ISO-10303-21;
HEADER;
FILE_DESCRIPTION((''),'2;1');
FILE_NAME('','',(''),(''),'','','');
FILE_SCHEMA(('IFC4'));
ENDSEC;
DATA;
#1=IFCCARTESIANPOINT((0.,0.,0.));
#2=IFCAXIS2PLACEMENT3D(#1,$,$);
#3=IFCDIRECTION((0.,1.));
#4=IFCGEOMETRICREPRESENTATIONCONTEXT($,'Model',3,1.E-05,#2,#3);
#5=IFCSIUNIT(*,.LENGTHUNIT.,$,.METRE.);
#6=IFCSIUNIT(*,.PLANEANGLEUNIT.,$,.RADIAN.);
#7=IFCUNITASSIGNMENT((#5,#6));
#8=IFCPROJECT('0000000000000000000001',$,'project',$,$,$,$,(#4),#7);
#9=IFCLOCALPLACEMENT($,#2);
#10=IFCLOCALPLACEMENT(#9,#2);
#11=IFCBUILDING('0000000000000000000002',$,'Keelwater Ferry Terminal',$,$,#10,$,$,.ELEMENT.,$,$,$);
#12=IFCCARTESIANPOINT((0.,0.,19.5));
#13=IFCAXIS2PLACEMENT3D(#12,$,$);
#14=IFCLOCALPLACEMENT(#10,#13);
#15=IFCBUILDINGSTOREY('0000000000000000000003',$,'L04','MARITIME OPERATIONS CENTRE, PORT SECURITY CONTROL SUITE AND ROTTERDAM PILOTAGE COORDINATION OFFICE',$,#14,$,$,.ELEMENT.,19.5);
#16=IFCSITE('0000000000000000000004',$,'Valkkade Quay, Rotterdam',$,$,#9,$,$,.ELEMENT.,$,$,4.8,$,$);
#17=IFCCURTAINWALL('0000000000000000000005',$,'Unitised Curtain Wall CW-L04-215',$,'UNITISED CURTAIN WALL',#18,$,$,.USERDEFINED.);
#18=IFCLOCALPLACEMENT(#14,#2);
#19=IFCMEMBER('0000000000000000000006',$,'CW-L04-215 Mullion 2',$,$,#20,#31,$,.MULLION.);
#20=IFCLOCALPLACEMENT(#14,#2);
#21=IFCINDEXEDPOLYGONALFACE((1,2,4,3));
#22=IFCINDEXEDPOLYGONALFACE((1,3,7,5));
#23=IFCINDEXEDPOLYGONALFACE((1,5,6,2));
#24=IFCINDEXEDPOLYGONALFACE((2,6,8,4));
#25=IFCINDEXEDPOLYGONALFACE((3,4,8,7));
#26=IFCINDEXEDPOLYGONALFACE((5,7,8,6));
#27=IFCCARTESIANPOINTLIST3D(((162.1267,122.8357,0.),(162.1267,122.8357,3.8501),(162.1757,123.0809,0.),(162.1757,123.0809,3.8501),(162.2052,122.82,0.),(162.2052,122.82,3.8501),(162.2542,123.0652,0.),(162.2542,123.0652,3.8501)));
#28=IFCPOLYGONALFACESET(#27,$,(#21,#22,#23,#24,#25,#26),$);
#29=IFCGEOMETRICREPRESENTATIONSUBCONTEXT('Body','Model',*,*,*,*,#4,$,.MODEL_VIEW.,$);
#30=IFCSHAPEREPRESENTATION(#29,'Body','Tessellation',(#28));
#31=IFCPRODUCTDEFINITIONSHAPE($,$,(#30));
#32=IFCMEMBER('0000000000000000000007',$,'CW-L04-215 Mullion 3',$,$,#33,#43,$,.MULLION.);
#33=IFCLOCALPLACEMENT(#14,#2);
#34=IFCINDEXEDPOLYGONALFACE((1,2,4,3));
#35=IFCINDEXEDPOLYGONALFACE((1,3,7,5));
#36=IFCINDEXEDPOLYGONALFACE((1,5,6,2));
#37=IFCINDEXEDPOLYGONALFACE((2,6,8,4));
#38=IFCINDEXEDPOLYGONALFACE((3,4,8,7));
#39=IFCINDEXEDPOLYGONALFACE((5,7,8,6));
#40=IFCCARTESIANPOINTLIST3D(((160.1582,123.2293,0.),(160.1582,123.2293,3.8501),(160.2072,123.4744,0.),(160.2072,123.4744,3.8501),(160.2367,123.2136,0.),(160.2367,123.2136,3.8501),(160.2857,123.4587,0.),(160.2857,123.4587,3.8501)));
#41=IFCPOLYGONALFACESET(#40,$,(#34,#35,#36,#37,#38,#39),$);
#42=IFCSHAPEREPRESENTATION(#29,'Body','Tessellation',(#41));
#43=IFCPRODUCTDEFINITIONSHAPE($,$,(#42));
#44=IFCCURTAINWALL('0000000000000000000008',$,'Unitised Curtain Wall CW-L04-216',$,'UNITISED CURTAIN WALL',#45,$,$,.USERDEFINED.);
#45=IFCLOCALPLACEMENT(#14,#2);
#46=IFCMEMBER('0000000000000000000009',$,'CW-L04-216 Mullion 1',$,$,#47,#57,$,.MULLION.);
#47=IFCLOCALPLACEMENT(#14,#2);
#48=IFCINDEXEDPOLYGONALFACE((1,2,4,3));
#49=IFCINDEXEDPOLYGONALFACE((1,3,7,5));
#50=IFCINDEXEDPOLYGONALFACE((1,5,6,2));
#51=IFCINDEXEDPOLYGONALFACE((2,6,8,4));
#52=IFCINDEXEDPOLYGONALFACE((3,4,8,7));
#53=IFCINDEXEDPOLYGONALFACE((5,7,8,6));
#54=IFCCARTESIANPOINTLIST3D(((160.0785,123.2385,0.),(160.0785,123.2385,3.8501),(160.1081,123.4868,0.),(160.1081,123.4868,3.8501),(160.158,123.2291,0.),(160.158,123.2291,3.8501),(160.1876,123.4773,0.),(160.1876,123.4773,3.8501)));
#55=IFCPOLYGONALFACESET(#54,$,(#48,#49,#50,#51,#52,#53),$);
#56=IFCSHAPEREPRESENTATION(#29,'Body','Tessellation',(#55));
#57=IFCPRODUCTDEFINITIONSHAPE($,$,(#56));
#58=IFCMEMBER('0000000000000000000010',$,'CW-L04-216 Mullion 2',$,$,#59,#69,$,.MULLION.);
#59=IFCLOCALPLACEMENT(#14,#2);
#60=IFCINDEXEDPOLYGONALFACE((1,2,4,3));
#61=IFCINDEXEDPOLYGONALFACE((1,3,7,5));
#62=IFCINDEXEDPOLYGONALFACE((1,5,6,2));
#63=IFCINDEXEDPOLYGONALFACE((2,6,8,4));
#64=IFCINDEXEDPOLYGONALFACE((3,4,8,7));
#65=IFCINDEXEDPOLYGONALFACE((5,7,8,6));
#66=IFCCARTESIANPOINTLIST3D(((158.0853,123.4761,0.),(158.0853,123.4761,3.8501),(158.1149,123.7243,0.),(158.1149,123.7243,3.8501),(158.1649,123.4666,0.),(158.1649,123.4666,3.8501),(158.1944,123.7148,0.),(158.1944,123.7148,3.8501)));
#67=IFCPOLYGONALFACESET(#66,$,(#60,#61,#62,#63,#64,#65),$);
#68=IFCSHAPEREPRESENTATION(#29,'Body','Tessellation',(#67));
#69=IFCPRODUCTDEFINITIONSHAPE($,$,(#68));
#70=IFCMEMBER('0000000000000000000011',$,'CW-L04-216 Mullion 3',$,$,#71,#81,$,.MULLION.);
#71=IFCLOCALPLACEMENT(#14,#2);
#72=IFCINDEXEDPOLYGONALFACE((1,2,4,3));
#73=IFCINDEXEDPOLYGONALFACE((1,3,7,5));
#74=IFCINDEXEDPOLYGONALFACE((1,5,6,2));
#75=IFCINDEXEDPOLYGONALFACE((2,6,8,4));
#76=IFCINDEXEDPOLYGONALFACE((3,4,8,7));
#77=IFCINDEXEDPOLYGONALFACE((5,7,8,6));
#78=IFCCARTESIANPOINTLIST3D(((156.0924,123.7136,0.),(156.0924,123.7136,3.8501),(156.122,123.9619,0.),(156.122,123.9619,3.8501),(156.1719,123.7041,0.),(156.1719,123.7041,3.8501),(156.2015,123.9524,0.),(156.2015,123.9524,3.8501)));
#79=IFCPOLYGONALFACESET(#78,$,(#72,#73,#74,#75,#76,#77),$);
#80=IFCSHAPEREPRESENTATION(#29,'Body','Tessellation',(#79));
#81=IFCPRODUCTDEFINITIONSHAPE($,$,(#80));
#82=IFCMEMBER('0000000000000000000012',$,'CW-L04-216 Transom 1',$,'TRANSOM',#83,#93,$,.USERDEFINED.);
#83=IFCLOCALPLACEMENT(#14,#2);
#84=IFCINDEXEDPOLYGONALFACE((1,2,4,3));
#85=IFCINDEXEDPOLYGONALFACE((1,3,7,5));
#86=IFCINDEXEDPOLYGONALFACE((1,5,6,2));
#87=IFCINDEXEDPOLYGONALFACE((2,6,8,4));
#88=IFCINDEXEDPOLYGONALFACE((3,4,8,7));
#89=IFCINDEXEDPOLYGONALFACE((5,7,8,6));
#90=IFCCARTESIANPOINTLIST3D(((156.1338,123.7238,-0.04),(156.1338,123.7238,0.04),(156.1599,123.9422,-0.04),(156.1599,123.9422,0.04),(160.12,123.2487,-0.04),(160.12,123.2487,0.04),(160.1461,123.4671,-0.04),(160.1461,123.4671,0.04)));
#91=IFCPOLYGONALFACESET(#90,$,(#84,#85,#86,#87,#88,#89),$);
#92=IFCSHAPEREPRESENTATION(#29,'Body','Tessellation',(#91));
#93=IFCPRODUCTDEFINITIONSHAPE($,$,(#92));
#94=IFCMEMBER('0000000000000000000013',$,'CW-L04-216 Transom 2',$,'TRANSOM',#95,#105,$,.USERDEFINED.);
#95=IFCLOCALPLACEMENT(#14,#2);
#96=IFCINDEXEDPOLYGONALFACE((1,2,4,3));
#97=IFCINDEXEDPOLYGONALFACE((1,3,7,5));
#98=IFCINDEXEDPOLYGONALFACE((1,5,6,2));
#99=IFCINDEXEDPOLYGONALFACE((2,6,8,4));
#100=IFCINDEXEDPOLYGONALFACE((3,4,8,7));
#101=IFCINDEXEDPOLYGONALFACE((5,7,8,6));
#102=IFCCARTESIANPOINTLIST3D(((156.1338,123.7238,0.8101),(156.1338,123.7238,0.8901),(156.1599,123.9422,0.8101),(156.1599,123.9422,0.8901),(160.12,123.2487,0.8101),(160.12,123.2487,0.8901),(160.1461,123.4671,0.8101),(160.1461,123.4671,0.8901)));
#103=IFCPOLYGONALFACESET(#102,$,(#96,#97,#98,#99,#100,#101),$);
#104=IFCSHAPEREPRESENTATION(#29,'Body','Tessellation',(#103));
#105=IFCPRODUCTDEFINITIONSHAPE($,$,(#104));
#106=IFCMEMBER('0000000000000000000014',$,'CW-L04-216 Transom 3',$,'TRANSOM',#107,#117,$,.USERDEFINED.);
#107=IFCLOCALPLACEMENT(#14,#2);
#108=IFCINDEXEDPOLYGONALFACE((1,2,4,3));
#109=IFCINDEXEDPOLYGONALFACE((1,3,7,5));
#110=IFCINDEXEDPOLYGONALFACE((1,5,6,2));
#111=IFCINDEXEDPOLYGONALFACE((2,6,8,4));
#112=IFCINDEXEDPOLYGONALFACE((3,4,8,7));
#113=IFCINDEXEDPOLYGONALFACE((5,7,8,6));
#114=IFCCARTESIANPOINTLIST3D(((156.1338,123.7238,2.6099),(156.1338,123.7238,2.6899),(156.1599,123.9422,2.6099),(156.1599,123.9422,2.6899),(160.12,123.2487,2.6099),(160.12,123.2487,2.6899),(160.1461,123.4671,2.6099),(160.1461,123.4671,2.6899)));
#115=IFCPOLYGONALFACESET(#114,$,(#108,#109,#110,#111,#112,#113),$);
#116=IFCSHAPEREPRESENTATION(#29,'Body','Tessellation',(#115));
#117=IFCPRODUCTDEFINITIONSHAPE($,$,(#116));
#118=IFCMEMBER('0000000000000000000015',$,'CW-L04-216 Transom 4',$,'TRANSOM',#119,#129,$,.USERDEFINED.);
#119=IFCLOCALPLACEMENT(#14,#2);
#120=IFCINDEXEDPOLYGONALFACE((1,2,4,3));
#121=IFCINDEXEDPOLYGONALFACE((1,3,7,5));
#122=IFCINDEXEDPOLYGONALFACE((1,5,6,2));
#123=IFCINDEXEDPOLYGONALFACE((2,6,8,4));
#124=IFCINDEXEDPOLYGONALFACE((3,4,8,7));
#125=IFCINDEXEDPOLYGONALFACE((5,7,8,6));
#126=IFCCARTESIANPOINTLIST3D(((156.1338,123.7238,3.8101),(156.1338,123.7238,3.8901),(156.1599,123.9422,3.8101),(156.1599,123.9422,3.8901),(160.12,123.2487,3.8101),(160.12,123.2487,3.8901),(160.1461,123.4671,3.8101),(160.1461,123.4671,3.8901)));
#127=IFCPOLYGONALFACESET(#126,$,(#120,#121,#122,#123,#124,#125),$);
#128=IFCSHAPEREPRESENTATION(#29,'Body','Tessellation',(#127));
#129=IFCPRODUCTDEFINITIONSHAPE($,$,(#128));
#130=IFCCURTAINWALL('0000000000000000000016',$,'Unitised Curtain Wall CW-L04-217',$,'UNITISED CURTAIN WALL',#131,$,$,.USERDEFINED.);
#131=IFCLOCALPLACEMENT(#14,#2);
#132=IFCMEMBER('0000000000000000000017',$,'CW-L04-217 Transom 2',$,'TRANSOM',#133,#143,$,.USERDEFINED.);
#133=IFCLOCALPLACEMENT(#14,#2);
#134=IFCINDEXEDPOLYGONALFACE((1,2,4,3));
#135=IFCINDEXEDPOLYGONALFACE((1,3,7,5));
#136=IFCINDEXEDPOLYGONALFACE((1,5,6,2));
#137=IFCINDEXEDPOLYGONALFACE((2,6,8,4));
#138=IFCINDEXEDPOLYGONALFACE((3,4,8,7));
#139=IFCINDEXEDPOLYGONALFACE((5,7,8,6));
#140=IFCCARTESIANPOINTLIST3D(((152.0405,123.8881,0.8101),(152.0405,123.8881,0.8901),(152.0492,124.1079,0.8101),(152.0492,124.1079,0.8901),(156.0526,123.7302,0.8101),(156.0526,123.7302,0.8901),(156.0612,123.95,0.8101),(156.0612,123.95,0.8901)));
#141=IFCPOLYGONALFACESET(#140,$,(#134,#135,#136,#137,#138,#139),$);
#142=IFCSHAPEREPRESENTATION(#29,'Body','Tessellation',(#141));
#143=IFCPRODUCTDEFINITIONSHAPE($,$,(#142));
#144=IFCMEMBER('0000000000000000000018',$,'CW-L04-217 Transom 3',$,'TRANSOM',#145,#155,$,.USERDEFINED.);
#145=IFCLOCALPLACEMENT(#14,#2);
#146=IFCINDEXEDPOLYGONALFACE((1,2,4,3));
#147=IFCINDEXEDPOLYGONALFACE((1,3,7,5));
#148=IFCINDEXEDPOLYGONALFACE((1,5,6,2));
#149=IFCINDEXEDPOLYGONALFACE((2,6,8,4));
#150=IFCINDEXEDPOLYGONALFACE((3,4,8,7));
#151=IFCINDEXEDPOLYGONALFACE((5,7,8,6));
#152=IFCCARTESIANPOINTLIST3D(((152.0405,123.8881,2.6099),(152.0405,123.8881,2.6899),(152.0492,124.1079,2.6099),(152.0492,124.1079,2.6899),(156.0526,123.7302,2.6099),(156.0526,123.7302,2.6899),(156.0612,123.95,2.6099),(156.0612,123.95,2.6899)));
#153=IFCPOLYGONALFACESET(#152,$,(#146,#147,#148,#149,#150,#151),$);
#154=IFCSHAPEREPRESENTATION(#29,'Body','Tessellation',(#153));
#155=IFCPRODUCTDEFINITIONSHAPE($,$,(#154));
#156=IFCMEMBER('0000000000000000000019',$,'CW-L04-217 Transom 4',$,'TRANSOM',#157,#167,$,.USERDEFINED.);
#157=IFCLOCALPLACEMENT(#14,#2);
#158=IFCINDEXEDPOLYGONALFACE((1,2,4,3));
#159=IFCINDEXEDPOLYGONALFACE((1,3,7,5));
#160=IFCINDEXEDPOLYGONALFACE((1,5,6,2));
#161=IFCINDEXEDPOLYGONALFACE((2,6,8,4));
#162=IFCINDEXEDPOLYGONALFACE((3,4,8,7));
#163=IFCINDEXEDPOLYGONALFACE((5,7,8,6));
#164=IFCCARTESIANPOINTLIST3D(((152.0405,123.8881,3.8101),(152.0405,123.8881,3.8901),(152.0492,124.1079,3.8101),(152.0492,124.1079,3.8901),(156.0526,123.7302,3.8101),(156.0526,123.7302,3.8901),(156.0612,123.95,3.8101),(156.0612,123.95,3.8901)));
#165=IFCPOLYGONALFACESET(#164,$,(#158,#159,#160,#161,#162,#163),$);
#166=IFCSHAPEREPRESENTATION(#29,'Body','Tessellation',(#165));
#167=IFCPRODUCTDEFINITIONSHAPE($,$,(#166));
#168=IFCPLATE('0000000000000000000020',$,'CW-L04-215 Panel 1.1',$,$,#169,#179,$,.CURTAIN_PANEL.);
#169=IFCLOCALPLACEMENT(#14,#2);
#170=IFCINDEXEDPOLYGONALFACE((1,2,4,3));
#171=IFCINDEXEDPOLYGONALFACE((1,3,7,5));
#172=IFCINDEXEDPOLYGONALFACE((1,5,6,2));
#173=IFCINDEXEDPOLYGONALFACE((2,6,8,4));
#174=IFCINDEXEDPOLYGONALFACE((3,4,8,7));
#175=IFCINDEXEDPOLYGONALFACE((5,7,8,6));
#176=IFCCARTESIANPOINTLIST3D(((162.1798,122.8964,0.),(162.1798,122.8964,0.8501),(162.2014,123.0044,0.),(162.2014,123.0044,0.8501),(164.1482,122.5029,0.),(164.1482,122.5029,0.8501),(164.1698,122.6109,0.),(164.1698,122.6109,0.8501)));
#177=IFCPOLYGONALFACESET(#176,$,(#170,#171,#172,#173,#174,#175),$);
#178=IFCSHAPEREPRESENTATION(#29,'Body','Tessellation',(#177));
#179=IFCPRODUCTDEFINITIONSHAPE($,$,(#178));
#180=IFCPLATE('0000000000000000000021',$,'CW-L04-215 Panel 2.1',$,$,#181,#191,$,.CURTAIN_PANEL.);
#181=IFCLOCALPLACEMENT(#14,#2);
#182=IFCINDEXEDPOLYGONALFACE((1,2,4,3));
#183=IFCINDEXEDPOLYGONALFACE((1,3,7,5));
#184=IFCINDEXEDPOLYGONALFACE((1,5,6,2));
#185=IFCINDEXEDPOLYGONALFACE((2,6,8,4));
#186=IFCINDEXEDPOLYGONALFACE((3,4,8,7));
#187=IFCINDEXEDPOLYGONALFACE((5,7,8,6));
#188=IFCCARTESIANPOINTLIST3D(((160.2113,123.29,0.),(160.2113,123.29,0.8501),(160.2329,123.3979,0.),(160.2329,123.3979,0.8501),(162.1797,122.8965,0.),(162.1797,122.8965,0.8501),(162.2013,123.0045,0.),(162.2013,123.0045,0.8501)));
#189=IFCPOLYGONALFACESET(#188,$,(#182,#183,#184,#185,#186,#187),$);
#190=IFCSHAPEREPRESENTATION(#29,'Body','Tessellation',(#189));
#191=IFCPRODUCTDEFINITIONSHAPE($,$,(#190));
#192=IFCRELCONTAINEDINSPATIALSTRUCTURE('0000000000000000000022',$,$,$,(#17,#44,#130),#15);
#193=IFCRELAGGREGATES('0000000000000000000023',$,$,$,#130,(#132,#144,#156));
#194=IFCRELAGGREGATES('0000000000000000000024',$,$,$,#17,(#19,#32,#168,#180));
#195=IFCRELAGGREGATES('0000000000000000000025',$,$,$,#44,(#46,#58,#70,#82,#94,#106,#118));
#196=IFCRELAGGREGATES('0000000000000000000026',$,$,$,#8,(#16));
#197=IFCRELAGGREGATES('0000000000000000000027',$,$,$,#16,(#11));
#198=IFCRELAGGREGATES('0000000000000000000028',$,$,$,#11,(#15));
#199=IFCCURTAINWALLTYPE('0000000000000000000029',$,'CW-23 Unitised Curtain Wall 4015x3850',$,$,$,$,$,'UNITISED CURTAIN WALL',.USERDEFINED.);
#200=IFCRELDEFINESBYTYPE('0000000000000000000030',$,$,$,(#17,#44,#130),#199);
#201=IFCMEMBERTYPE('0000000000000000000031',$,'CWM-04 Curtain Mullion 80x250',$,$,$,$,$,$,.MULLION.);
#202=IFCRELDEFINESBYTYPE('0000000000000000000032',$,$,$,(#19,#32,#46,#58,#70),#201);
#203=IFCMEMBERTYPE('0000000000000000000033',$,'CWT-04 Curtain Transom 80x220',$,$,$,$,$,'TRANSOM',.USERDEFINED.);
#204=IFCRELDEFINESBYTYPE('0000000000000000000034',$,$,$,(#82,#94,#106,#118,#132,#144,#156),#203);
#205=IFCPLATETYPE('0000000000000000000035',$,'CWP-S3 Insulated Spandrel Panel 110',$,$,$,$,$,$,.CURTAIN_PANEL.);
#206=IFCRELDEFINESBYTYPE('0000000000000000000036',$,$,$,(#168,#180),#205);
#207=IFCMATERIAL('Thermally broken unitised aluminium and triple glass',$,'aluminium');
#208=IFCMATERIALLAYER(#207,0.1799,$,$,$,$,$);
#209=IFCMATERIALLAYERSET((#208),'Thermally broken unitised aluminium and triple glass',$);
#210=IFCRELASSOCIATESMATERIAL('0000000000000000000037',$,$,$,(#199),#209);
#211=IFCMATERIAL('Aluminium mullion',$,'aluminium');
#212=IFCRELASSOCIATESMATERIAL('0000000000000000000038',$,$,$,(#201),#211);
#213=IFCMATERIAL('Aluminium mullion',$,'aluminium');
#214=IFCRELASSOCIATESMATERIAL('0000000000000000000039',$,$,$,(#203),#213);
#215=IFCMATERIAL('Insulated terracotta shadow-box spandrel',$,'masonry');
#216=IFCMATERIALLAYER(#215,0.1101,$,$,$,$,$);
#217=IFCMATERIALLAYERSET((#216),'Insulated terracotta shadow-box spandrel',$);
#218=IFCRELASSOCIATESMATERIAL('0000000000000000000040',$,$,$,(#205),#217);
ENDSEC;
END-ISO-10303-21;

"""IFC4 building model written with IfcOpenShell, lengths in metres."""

from ifc_helpers import new_model, si_unit, direction, frame, origin, origin_2d, place, context, subcontext, project, spatial, rectangle, extrude, material, layer, layer_set, material_profile, profile_set, type_object, element, aggregate, save


model = new_model("IFC4")

# Units and contexts
model_context = context("Model", 3, precision=1e-05, world=origin(), true_north=direction((0.0, 1.0)))
body_context = subcontext(model_context, "Body", "Model", "MODEL_VIEW")
ifc_project = project(units=[si_unit("LENGTHUNIT", "METRE"), si_unit("PLANEANGLEUNIT", "RADIAN")], contexts=[model_context])

# Site, building, storey
site_placement = place(None, origin())
site = spatial("IfcSite", under=ifc_project, at=site_placement, Name="Valkkade Quay, Rotterdam", CompositionType="ELEMENT", RefElevation=4.8)
building_placement = place(site_placement, origin())
building = spatial("IfcBuilding", under=site, at=building_placement, Name="Keelwater Ferry Terminal", CompositionType="ELEMENT")
storey_placement = place(building_placement, frame((0.0, 0.0, 19.5)))
storey = spatial("IfcBuildingStorey", under=building, at=storey_placement, Name="L04", Description="MARITIME OPERATIONS CENTRE, PORT SECURITY CONTROL SUITE AND ROTTERDAM PILOTAGE COORDINATION OFFICE", CompositionType="ELEMENT", Elevation=19.5)

# Curtain walls, members
ifc_material_1 = material(Name="Thermally broken unitised aluminium and triple glass", Category="aluminium")
ifc_layer_1 = layer(ifc_material_1, 0.1799)
ifc_layer_set_1 = layer_set([ifc_layer_1], Name="Thermally broken unitised aluminium and triple glass")
curtain_wall_type = type_object("IfcCurtainWallType", Name="CW-23 Unitised Curtain Wall 4015x3850", ElementType="UNITISED CURTAIN WALL", PredefinedType="USERDEFINED", material=ifc_layer_set_1)
curtain_wall_1_placement = place(storey_placement, origin())
curtain_wall_1 = element("IfcCurtainWall", 1, at=curtain_wall_1_placement, inside=storey, type_object=curtain_wall_type, Name="Unitised Curtain Wall CW-L04-215", ObjectType="UNITISED CURTAIN WALL", PredefinedType="USERDEFINED")
ifc_material_2 = material(Name="Aluminium mullion", Category="aluminium")
ifc_material_profile_1 = material_profile(ifc_material_2, rectangle(XDim=0.0801, YDim=0.25, at=origin_2d()), Name="CWM-04")
ifc_profile_set_1 = profile_set([ifc_material_profile_1], Name="Aluminium mullion")
member_type_1 = type_object("IfcMemberType", Name="CWM-04 Curtain Mullion 80x250", PredefinedType="MULLION", material=ifc_profile_set_1)
member_1_placement = place(storey_placement, frame((162.1904, 122.9504, 0.0), z_axis=(0.0, 0.0, 1.0), x_axis=(-0.9806, 0.19602, 0.0)))
member_1 = element("IfcMember", 2, at=member_1_placement, type_object=member_type_1, Name="CW-L04-215 Mullion 2", PredefinedType="MULLION", context=body_context, shape_type="SweptSolid", body=[
    extrude(rectangle(XDim=0.0801, YDim=0.25, at=origin_2d()), origin(), (0.0, 0.0, 1.0), 3.8501),
])
member_2_placement = place(storey_placement, frame((160.2219, 123.344, 0.0), z_axis=(0.0, 0.0, 1.0), x_axis=(-0.9806, 0.19602, 0.0)))
member_2 = element("IfcMember", 3, at=member_2_placement, type_object=member_type_1, Name="CW-L04-215 Mullion 3", PredefinedType="MULLION", context=body_context, shape_type="SweptSolid", body=[
    extrude(rectangle(XDim=0.0801, YDim=0.25, at=origin_2d()), origin(), (0.0, 0.0, 1.0), 3.8501),
])
curtain_wall_2_placement = place(storey_placement, origin())
curtain_wall_2 = element("IfcCurtainWall", 4, at=curtain_wall_2_placement, inside=storey, type_object=curtain_wall_type, Name="Unitised Curtain Wall CW-L04-216", ObjectType="UNITISED CURTAIN WALL", PredefinedType="USERDEFINED")
member_3_placement = place(storey_placement, frame((160.1331, 123.3579, 0.0), z_axis=(0.0, 0.0, 1.0), x_axis=(-0.992974, 0.11833, 0.0)))
member_3 = element("IfcMember", 5, at=member_3_placement, type_object=member_type_1, Name="CW-L04-216 Mullion 1", PredefinedType="MULLION", context=body_context, shape_type="SweptSolid", body=[
    extrude(rectangle(XDim=0.0801, YDim=0.25, at=origin_2d()), origin(), (0.0, 0.0, 1.0), 3.8501),
])
member_4_placement = place(storey_placement, frame((158.1399, 123.5955, 0.0), z_axis=(0.0, 0.0, 1.0), x_axis=(-0.992974, 0.11833, 0.0)))
member_4 = element("IfcMember", 6, at=member_4_placement, type_object=member_type_1, Name="CW-L04-216 Mullion 2", PredefinedType="MULLION", context=body_context, shape_type="SweptSolid", body=[
    extrude(rectangle(XDim=0.0801, YDim=0.25, at=origin_2d()), origin(), (0.0, 0.0, 1.0), 3.8501),
])
member_5_placement = place(storey_placement, frame((156.147, 123.833, 0.0), z_axis=(0.0, 0.0, 1.0), x_axis=(-0.992974, 0.11833, 0.0)))
member_5 = element("IfcMember", 7, at=member_5_placement, type_object=member_type_1, Name="CW-L04-216 Mullion 3", PredefinedType="MULLION", context=body_context, shape_type="SweptSolid", body=[
    extrude(rectangle(XDim=0.0801, YDim=0.25, at=origin_2d()), origin(), (0.0, 0.0, 1.0), 3.8501),
])
ifc_material_3 = material(Name="Aluminium mullion", Category="aluminium")
ifc_material_profile_2 = material_profile(ifc_material_3, rectangle(XDim=0.22, YDim=0.0801, at=origin_2d()), Name="CWT-04")
ifc_profile_set_2 = profile_set([ifc_material_profile_2], Name="Aluminium mullion")
member_type_2 = type_object("IfcMemberType", Name="CWT-04 Curtain Transom 80x220", ElementType="TRANSOM", PredefinedType="USERDEFINED", material=ifc_profile_set_2)
member_6_placement = place(storey_placement, frame((160.1331, 123.3579, 0.0), z_axis=(-0.992972, 0.118351, 0.0), x_axis=(-0.118351, -0.992972, 0.0)))
member_6 = element("IfcMember", 8, at=member_6_placement, type_object=member_type_2, Name="CW-L04-216 Transom 1", ObjectType="TRANSOM", PredefinedType="USERDEFINED", context=body_context, shape_type="SweptSolid", body=[
    extrude(rectangle(XDim=0.22, YDim=0.0801, at=origin_2d()), origin(), (0.0, 0.0, 1.0), 4.0144),
])
member_7_placement = place(storey_placement, frame((160.1331, 123.3579, 0.8501), z_axis=(-0.992972, 0.118351, 0.0), x_axis=(-0.118351, -0.992972, 0.0)))
member_7 = element("IfcMember", 9, at=member_7_placement, type_object=member_type_2, Name="CW-L04-216 Transom 2", ObjectType="TRANSOM", PredefinedType="USERDEFINED", context=body_context, shape_type="SweptSolid", body=[
    extrude(rectangle(XDim=0.22, YDim=0.0801, at=origin_2d()), origin(), (0.0, 0.0, 1.0), 4.0144),
])
member_8_placement = place(storey_placement, frame((160.1331, 123.3579, 2.6499), z_axis=(-0.992972, 0.118351, 0.0), x_axis=(-0.118351, -0.992972, 0.0)))
member_8 = element("IfcMember", 10, at=member_8_placement, type_object=member_type_2, Name="CW-L04-216 Transom 3", ObjectType="TRANSOM", PredefinedType="USERDEFINED", context=body_context, shape_type="SweptSolid", body=[
    extrude(rectangle(XDim=0.22, YDim=0.0801, at=origin_2d()), origin(), (0.0, 0.0, 1.0), 4.0144),
])
member_9_placement = place(storey_placement, frame((160.1331, 123.3579, 3.8501), z_axis=(-0.992972, 0.118351, 0.0), x_axis=(-0.118351, -0.992972, 0.0)))
member_9 = element("IfcMember", 11, at=member_9_placement, type_object=member_type_2, Name="CW-L04-216 Transom 4", ObjectType="TRANSOM", PredefinedType="USERDEFINED", context=body_context, shape_type="SweptSolid", body=[
    extrude(rectangle(XDim=0.22, YDim=0.0801, at=origin_2d()), origin(), (0.0, 0.0, 1.0), 4.0144),
])
curtain_wall_3_placement = place(storey_placement, origin())
curtain_wall_3 = element("IfcCurtainWall", 12, at=curtain_wall_3_placement, inside=storey, type_object=curtain_wall_type, Name="Unitised Curtain Wall CW-L04-217", ObjectType="UNITISED CURTAIN WALL", PredefinedType="USERDEFINED")
member_10_placement = place(storey_placement, frame((156.0569, 123.8401, 0.8501), z_axis=(-0.999226, 0.039342, 0.0), x_axis=(-0.039342, -0.999226, 0.0)))
member_10 = element("IfcMember", 13, at=member_10_placement, type_object=member_type_2, Name="CW-L04-217 Transom 2", ObjectType="TRANSOM", PredefinedType="USERDEFINED", context=body_context, shape_type="SweptSolid", body=[
    extrude(rectangle(XDim=0.22, YDim=0.0801, at=origin_2d()), origin(), (0.0, 0.0, 1.0), 4.0151),
])
member_11_placement = place(storey_placement, frame((156.0569, 123.8401, 2.6499), z_axis=(-0.999226, 0.039342, 0.0), x_axis=(-0.039342, -0.999226, 0.0)))
member_11 = element("IfcMember", 14, at=member_11_placement, type_object=member_type_2, Name="CW-L04-217 Transom 3", ObjectType="TRANSOM", PredefinedType="USERDEFINED", context=body_context, shape_type="SweptSolid", body=[
    extrude(rectangle(XDim=0.22, YDim=0.0801, at=origin_2d()), origin(), (0.0, 0.0, 1.0), 4.0151),
])
member_12_placement = place(storey_placement, frame((156.0569, 123.8401, 3.8501), z_axis=(-0.999226, 0.039342, 0.0), x_axis=(-0.039342, -0.999226, 0.0)))
member_12 = element("IfcMember", 15, at=member_12_placement, type_object=member_type_2, Name="CW-L04-217 Transom 4", ObjectType="TRANSOM", PredefinedType="USERDEFINED", context=body_context, shape_type="SweptSolid", body=[
    extrude(rectangle(XDim=0.22, YDim=0.0801, at=origin_2d()), origin(), (0.0, 0.0, 1.0), 4.0151),
])
aggregate(curtain_wall_3, [member_10, member_11, member_12])

# Plates
ifc_material_4 = material(Name="Insulated terracotta shadow-box spandrel", Category="masonry")
ifc_layer_2 = layer(ifc_material_4, 0.1101)
ifc_layer_set_2 = layer_set([ifc_layer_2], Name="Insulated terracotta shadow-box spandrel")
plate_type_1 = type_object("IfcPlateType", Name="CWP-S3 Insulated Spandrel Panel 110", PredefinedType="CURTAIN_PANEL", material=ifc_layer_set_2)
plate_1_placement = place(storey_placement, frame((163.1748, 122.7537, 0.0), z_axis=(0.0, 0.0, 1.0), x_axis=(-0.9806, 0.19602, 0.0)))
plate_1 = element("IfcPlate", 16, at=plate_1_placement, type_object=plate_type_1, Name="CW-L04-215 Panel 1.1", PredefinedType="CURTAIN_PANEL", context=body_context, shape_type="SweptSolid", body=[
    extrude(rectangle(XDim=2.0073, YDim=0.1101, at=origin_2d()), origin(), (0.0, 0.0, 1.0), 0.8501),
])
plate_2_placement = place(storey_placement, frame((161.2063, 123.1472, 0.0), z_axis=(0.0, 0.0, 1.0), x_axis=(-0.9806, 0.19602, 0.0)))
plate_2 = element("IfcPlate", 17, at=plate_2_placement, type_object=plate_type_1, Name="CW-L04-215 Panel 2.1", PredefinedType="CURTAIN_PANEL", context=body_context, shape_type="SweptSolid", body=[
    extrude(rectangle(XDim=2.0073, YDim=0.1101, at=origin_2d()), origin(), (0.0, 0.0, 1.0), 0.8501),
])
aggregate(curtain_wall_1, [member_1, member_2, plate_1, plate_2])
aggregate(curtain_wall_2, [member_3, member_4, member_5, member_6, member_7, member_8, member_9])

save(model, "model.ifc")
